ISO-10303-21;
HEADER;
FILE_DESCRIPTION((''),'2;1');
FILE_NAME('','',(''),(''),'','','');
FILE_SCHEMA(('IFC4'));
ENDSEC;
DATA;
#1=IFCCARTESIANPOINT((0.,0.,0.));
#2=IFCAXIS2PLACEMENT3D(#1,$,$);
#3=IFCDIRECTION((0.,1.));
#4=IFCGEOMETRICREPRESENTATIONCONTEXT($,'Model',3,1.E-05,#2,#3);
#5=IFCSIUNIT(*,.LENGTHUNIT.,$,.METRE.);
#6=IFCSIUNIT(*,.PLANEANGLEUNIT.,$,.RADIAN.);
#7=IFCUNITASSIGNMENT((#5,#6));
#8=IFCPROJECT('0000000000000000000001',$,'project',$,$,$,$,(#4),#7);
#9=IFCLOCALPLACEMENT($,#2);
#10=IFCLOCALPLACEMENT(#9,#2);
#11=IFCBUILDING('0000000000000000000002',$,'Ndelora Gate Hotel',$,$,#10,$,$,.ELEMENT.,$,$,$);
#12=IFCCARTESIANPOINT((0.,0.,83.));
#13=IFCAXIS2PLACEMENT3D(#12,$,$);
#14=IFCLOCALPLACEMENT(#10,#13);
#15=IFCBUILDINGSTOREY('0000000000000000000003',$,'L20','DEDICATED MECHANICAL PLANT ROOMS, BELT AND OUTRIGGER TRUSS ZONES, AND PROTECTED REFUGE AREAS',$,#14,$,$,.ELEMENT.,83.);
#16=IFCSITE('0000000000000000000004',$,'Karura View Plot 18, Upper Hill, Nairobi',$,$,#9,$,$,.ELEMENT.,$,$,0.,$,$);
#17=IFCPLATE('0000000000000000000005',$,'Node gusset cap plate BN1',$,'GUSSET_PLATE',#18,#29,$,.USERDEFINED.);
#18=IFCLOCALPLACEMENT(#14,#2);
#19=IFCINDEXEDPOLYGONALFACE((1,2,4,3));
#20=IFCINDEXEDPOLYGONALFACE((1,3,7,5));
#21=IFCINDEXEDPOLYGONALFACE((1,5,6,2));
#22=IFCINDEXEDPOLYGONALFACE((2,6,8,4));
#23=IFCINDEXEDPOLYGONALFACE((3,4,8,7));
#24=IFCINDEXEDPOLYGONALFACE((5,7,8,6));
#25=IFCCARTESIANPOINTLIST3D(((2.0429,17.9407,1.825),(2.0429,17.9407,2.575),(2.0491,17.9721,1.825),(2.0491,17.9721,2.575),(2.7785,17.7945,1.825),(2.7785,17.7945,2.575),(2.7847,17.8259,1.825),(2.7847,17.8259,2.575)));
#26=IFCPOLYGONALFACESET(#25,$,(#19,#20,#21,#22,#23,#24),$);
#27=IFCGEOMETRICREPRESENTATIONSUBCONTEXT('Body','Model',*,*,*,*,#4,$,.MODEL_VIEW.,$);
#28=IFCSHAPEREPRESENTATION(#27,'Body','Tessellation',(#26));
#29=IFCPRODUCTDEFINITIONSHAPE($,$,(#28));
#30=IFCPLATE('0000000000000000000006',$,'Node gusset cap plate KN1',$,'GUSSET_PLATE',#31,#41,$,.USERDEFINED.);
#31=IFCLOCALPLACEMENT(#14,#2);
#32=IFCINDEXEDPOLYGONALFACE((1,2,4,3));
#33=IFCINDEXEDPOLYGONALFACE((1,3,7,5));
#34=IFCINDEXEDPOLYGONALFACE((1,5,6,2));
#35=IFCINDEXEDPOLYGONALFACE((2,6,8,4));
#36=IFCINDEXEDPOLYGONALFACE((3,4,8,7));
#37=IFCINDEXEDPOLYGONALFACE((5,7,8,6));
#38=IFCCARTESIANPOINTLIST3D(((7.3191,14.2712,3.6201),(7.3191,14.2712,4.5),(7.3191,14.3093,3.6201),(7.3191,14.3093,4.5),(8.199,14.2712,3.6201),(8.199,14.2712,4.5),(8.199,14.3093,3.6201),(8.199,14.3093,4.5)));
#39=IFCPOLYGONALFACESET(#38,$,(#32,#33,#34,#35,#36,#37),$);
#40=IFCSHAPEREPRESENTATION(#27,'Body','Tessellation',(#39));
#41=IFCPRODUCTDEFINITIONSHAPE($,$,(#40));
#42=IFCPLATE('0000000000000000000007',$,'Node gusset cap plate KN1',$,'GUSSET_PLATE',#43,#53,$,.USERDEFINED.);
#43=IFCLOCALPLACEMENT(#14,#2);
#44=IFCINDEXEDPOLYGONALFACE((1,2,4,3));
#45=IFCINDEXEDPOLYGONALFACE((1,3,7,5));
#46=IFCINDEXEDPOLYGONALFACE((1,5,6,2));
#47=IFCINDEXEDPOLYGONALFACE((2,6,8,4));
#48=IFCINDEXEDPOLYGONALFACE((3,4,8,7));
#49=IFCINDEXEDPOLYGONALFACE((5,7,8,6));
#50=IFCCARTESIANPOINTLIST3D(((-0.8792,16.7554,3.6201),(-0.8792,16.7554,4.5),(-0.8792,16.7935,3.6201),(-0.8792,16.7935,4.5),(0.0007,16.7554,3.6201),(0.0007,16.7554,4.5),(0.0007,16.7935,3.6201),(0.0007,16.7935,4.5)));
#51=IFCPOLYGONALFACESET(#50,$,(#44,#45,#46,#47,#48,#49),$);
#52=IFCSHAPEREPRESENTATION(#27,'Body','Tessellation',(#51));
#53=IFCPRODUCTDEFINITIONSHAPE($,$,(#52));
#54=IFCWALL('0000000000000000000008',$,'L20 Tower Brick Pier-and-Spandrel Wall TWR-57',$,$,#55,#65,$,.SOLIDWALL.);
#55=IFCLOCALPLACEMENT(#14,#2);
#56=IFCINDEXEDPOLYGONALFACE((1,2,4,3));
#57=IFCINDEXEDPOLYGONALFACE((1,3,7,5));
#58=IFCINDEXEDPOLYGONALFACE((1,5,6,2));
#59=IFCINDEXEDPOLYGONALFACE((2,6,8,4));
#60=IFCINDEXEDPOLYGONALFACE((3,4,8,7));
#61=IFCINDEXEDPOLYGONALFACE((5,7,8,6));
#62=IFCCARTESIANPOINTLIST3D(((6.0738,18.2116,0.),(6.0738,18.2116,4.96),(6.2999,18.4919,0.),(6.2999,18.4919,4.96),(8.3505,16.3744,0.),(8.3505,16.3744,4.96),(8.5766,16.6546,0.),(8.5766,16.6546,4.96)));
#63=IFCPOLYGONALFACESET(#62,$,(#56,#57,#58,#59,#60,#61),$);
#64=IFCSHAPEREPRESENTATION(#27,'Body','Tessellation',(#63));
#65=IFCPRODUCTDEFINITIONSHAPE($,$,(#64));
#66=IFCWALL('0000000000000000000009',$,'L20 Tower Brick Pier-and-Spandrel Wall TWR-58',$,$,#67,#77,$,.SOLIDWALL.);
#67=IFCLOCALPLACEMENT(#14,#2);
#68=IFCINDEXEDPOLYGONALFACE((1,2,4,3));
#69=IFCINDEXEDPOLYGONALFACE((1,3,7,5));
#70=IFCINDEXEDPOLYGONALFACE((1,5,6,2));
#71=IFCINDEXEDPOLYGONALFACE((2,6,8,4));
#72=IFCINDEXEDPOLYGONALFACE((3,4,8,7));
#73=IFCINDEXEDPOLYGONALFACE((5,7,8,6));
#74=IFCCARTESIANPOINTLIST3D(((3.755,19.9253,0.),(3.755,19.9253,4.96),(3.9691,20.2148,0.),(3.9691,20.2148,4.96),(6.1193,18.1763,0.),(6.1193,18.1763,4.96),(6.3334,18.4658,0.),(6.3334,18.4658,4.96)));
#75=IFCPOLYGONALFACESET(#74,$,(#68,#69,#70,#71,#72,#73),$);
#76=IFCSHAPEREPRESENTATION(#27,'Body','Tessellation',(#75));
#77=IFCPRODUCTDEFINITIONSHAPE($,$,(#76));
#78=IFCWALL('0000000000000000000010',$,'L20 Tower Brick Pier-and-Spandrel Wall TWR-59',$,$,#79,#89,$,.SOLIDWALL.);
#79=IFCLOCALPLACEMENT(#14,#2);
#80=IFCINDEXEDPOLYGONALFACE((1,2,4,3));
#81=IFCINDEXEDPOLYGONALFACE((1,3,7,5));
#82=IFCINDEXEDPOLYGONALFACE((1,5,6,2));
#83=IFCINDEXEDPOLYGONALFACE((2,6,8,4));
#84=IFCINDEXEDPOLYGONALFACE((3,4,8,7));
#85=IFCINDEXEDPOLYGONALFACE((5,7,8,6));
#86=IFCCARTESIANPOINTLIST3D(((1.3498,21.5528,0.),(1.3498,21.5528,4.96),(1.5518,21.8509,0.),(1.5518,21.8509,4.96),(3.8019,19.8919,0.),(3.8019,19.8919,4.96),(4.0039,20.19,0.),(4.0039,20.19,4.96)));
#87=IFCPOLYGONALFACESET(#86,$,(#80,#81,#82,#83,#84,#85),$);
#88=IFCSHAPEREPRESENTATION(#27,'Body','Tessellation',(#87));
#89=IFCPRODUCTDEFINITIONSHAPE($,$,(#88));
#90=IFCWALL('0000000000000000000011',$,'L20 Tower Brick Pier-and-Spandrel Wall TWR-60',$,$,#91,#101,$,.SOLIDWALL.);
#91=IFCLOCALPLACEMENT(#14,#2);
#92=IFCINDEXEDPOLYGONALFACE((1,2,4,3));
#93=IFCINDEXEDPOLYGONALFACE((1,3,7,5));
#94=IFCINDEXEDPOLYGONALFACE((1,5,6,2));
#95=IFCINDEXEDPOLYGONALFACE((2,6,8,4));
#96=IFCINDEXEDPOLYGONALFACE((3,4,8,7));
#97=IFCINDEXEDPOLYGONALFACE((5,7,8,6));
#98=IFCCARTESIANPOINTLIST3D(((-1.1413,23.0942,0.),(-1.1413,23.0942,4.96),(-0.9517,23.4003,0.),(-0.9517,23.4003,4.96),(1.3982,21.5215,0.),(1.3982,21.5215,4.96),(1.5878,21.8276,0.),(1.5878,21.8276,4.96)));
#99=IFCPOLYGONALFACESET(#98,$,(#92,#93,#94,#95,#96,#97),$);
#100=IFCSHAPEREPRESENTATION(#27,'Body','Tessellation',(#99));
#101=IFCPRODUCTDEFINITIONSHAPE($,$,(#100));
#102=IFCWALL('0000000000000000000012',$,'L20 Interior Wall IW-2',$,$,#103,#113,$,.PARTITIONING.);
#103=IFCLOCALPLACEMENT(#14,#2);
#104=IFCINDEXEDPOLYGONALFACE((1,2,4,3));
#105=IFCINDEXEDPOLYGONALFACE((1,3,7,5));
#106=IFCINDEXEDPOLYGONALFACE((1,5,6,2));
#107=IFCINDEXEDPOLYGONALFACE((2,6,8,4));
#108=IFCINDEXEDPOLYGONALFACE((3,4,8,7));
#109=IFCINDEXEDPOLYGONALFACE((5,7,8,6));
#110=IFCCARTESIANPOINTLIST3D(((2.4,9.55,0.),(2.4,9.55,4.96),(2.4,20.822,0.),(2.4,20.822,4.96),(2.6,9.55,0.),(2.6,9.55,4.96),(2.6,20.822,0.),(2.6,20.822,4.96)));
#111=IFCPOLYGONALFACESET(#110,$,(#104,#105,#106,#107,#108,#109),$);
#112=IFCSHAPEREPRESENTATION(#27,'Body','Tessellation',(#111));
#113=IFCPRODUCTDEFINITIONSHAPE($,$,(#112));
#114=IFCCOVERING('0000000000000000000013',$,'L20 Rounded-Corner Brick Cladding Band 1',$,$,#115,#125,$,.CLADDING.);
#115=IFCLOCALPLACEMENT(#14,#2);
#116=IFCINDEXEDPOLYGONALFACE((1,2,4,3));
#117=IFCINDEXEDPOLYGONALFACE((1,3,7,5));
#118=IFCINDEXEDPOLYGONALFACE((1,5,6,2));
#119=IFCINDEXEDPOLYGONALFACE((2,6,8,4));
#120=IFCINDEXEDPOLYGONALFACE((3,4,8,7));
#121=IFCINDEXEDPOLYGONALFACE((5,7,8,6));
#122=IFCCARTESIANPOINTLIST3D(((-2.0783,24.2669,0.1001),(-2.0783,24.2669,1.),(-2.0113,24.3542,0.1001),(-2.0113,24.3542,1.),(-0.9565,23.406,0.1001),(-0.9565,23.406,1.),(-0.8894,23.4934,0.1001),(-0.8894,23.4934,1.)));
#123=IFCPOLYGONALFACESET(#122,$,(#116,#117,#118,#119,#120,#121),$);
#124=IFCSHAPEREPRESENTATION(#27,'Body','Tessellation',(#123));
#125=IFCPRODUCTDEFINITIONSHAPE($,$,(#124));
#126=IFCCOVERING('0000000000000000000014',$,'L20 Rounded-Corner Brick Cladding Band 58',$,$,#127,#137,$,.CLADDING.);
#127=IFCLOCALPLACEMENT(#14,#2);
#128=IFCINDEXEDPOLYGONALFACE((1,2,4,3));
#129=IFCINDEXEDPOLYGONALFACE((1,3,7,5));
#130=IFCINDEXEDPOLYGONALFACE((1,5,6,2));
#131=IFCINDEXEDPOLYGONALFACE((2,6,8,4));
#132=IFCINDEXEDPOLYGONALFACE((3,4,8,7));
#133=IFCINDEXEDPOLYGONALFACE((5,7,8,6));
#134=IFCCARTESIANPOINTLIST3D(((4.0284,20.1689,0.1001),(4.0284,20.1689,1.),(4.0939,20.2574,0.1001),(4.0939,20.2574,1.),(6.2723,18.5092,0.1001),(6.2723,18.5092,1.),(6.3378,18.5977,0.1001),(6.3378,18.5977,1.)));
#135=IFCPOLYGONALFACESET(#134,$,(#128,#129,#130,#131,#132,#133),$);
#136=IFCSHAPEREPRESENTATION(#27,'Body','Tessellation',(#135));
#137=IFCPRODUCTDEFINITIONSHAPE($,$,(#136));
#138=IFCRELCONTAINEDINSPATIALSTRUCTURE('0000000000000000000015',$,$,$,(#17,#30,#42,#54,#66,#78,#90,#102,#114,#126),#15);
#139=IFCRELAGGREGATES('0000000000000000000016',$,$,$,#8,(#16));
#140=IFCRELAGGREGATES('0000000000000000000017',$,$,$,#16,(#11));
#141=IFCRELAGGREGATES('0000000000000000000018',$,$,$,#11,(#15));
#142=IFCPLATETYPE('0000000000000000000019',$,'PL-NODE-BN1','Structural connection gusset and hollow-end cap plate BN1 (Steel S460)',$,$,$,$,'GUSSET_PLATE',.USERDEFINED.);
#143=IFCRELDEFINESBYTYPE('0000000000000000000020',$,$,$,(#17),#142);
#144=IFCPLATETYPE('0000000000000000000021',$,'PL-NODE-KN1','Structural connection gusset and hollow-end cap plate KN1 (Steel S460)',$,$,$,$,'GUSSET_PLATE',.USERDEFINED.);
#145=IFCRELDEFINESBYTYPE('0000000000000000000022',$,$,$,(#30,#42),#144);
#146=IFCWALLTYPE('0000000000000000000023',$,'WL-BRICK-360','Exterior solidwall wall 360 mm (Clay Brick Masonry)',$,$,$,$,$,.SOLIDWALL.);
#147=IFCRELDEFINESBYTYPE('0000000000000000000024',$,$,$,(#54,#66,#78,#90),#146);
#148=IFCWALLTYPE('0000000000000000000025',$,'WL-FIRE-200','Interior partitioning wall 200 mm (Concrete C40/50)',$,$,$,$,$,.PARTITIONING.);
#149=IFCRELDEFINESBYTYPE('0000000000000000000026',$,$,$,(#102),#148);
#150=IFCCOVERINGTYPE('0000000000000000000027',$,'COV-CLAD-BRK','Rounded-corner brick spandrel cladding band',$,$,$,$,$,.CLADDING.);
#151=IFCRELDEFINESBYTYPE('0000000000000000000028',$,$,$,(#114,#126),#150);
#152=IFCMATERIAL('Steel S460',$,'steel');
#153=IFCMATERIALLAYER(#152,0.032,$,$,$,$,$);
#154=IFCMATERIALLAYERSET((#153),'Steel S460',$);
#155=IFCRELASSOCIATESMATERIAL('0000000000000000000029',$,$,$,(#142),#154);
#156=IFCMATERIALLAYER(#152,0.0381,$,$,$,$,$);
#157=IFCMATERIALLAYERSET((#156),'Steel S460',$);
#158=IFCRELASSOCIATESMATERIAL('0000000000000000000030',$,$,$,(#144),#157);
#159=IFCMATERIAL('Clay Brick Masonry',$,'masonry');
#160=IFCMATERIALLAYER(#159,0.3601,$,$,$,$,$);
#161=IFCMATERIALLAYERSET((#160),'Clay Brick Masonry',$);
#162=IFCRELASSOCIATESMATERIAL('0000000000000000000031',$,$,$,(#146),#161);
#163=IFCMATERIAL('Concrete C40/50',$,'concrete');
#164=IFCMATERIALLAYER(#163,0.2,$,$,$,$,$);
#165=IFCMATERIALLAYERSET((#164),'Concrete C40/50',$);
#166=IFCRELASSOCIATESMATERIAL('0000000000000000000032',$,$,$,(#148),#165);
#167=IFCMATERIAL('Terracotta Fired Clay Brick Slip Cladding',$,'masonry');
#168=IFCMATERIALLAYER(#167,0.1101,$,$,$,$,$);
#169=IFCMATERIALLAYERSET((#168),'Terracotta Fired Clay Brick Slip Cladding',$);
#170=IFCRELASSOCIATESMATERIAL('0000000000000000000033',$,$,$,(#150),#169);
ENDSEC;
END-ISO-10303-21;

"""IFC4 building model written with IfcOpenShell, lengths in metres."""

from ifc_helpers import new_model, si_unit, direction, frame, frame_2d, origin, origin_2d, place, context, subcontext, project, spatial, rectangle, extrude, material, layer, layer_set, type_object, element, save


model = new_model("IFC4")

# Units and contexts
model_context = context("Model", 3, precision=1e-05, world=origin(), true_north=direction((0.0, 1.0)))
body_context = subcontext(model_context, "Body", "Model", "MODEL_VIEW")
ifc_project = project(units=[si_unit("LENGTHUNIT", "METRE"), si_unit("PLANEANGLEUNIT", "RADIAN")], contexts=[model_context])

# Site, building, storey
site_placement = place(None, origin())
site = spatial("IfcSite", under=ifc_project, at=site_placement, Name="Karura View Plot 18, Upper Hill, Nairobi", CompositionType="ELEMENT", RefElevation=0.0)
building_placement = place(site_placement, origin())
building = spatial("IfcBuilding", under=site, at=building_placement, Name="Ndelora Gate Hotel", CompositionType="ELEMENT")
storey_placement = place(building_placement, frame((0.0, 0.0, 83.0)))
storey = spatial("IfcBuildingStorey", under=building, at=storey_placement, Name="L20", Description="DEDICATED MECHANICAL PLANT ROOMS, BELT AND OUTRIGGER TRUSS ZONES, AND PROTECTED REFUGE AREAS", CompositionType="ELEMENT", Elevation=83.0)

# Shared definitions
ifc_material_1 = material(Name="Steel S460", Category="steel")

# Plates
ifc_layer_1 = layer(ifc_material_1, 0.032)
ifc_layer_set_1 = layer_set([ifc_layer_1], Name="Steel S460")
plate_type_1 = type_object("IfcPlateType", Name="PL-NODE-BN1", Description="Structural connection gusset and hollow-end cap plate BN1 (Steel S460)", ElementType="GUSSET_PLATE", PredefinedType="USERDEFINED", material=ifc_layer_set_1)
for number, where, z_axis, x_axis, name in (
    (1, (2.4138, 17.8833, 1.825), (0.0, 0.0, 1.0), (-0.980819, 0.194919, 0.0), "Node gusset cap plate BN1"),
):
    element("IfcPlate", number, at=place(storey_placement, frame(where, z_axis=z_axis, x_axis=x_axis)), inside=storey, type_object=plate_type_1, Name=name, ObjectType="GUSSET_PLATE", PredefinedType="USERDEFINED", context=body_context, shape_type="SweptSolid", body=[
        extrude(rectangle(XDim=0.75, YDim=0.032, at=origin_2d()), origin(), (0.0, 0.0, 1.0), 0.75),
    ])
ifc_layer_2 = layer(ifc_material_1, 0.0381)
ifc_layer_set_2 = layer_set([ifc_layer_2], Name="Steel S460")
plate_type_2 = type_object("IfcPlateType", Name="PL-NODE-KN1", Description="Structural connection gusset and hollow-end cap plate KN1 (Steel S460)", ElementType="GUSSET_PLATE", PredefinedType="USERDEFINED", material=ifc_layer_set_2)
for number, where, z_axis, x_axis, name in (
    (2, (7.759, 14.2903, 3.6201), (0.0, 0.0, 1.0), (1.0, 0.0, 0.0), "Node gusset cap plate KN1"),
    (3, (-0.4392, 16.7744, 3.6201), (0.0, 0.0, 1.0), (1.0, 0.0, 0.0), "Node gusset cap plate KN1"),
):
    element("IfcPlate", number, at=place(storey_placement, frame(where, z_axis=z_axis, x_axis=x_axis)), inside=storey, type_object=plate_type_2, Name=name, ObjectType="GUSSET_PLATE", PredefinedType="USERDEFINED", context=body_context, shape_type="SweptSolid", body=[
        extrude(rectangle(XDim=0.8799, YDim=0.0381, at=origin_2d()), origin(), (0.0, 0.0, 1.0), 0.8799),
    ])

# Walls
ifc_material_2 = material(Name="Clay Brick Masonry", Category="masonry")
ifc_layer_3 = layer(ifc_material_2, 0.3601)
ifc_layer_set_3 = layer_set([ifc_layer_3], Name="Clay Brick Masonry")
wall_type_1 = type_object("IfcWallType", Name="WL-BRICK-360", Description="Exterior solidwall wall 360 mm (Clay Brick Masonry)", PredefinedType="SOLIDWALL", material=ifc_layer_set_3)
wall_1_placement = place(storey_placement, frame((6.1868, 18.3518, 0.0), z_axis=(0.0, 0.0, 1.0), x_axis=(0.778216, -0.627997, 0.0)))
element("IfcWall", 4, at=wall_1_placement, inside=storey, type_object=wall_type_1, Name="L20 Tower Brick Pier-and-Spandrel Wall TWR-57", PredefinedType="SOLIDWALL", context=body_context, shape_type="SweptSolid", body=[
    extrude(rectangle(XDim=2.9255, YDim=0.3601, at=frame_2d((1.4629, 0.0))), origin(), (0.0, 0.0, 1.0), 4.96),
])
wall_2_placement = place(storey_placement, frame((3.8621, 20.0701, 0.0), z_axis=(0.0, 0.0, 1.0), x_axis=(0.803928, -0.594727, 0.0)))
element("IfcWall", 5, at=wall_2_placement, inside=storey, type_object=wall_type_1, Name="L20 Tower Brick Pier-and-Spandrel Wall TWR-58", PredefinedType="SOLIDWALL", context=body_context, shape_type="SweptSolid", body=[
    extrude(rectangle(XDim=2.9409, YDim=0.3601, at=frame_2d((1.4705, 0.0))), origin(), (0.0, 0.0, 1.0), 4.96),
])
wall_3_placement = place(storey_placement, frame((1.4507, 21.7019, 0.0), z_axis=(0.0, 0.0, 1.0), x_axis=(0.827957, -0.560792, 0.0)))
element("IfcWall", 6, at=wall_3_placement, inside=storey, type_object=wall_type_1, Name="L20 Tower Brick Pier-and-Spandrel Wall TWR-59", PredefinedType="SOLIDWALL", context=body_context, shape_type="SweptSolid", body=[
    extrude(rectangle(XDim=2.9617, YDim=0.3601, at=frame_2d((1.481, 0.0))), origin(), (0.0, 0.0, 1.0), 4.96),
])
wall_4_placement = place(storey_placement, frame((-1.0466, 23.2473, 0.0), z_axis=(0.0, 0.0, 1.0), x_axis=(0.850168, -0.526512, 0.0)))
element("IfcWall", 7, at=wall_4_placement, inside=storey, type_object=wall_type_1, Name="L20 Tower Brick Pier-and-Spandrel Wall TWR-60", PredefinedType="SOLIDWALL", context=body_context, shape_type="SweptSolid", body=[
    extrude(rectangle(XDim=2.9871, YDim=0.3601, at=frame_2d((1.4937, 0.0))), origin(), (0.0, 0.0, 1.0), 4.96),
])
ifc_material_3 = material(Name="Concrete C40/50", Category="concrete")
ifc_layer_4 = layer(ifc_material_3, 0.2)
ifc_layer_set_4 = layer_set([ifc_layer_4], Name="Concrete C40/50")
wall_type_2 = type_object("IfcWallType", Name="WL-FIRE-200", Description="Interior partitioning wall 200 mm (Concrete C40/50)", PredefinedType="PARTITIONING", material=ifc_layer_set_4)
wall_5_placement = place(storey_placement, frame((2.5, 9.55, 0.0), z_axis=(0.0, 0.0, 1.0), x_axis=(0.0, 1.0, 0.0)))
element("IfcWall", 8, at=wall_5_placement, inside=storey, type_object=wall_type_2, Name="L20 Interior Wall IW-2", PredefinedType="PARTITIONING", context=body_context, shape_type="SweptSolid", body=[
    extrude(rectangle(XDim=11.272, YDim=0.2, at=frame_2d((5.636, 0.0))), origin(), (0.0, 0.0, 1.0), 4.96),
])

# Coverings
ifc_material_4 = material(Name="Terracotta Fired Clay Brick Slip Cladding", Category="masonry")
ifc_layer_5 = layer(ifc_material_4, 0.1101)
ifc_layer_set_5 = layer_set([ifc_layer_5], Name="Terracotta Fired Clay Brick Slip Cladding")
covering_type = type_object("IfcCoveringType", Name="COV-CLAD-BRK", Description="Rounded-corner brick spandrel cladding band", PredefinedType="CLADDING", material=ifc_layer_set_5)
covering_1_placement = place(storey_placement, frame((-1.4839, 23.8801, 0.1001), z_axis=(0.0, 0.0, 1.0), x_axis=(-0.793353, 0.608761, 0.0)))
element("IfcCovering", 9, at=covering_1_placement, inside=storey, type_object=covering_type, Name="L20 Rounded-Corner Brick Cladding Band 1", PredefinedType="CLADDING", context=body_context, shape_type="SweptSolid", body=[
    extrude(rectangle(XDim=1.4141, YDim=0.1101, at=origin_2d()), origin(), (0.0, 0.0, 1.0), 0.8999),
])
covering_2_placement = place(storey_placement, frame((5.1831, 19.3833, 0.1001), z_axis=(0.0, 0.0, 1.0), x_axis=(-0.803961, 0.594682, 0.0)))
element("IfcCovering", 10, at=covering_2_placement, inside=storey, type_object=covering_type, Name="L20 Rounded-Corner Brick Cladding Band 58", PredefinedType="CLADDING", context=body_context, shape_type="SweptSolid", body=[
    extrude(rectangle(XDim=2.791, YDim=0.1101, at=origin_2d()), origin(), (0.0, 0.0, 1.0), 0.8999),
])

save(model, "model.ifc")
